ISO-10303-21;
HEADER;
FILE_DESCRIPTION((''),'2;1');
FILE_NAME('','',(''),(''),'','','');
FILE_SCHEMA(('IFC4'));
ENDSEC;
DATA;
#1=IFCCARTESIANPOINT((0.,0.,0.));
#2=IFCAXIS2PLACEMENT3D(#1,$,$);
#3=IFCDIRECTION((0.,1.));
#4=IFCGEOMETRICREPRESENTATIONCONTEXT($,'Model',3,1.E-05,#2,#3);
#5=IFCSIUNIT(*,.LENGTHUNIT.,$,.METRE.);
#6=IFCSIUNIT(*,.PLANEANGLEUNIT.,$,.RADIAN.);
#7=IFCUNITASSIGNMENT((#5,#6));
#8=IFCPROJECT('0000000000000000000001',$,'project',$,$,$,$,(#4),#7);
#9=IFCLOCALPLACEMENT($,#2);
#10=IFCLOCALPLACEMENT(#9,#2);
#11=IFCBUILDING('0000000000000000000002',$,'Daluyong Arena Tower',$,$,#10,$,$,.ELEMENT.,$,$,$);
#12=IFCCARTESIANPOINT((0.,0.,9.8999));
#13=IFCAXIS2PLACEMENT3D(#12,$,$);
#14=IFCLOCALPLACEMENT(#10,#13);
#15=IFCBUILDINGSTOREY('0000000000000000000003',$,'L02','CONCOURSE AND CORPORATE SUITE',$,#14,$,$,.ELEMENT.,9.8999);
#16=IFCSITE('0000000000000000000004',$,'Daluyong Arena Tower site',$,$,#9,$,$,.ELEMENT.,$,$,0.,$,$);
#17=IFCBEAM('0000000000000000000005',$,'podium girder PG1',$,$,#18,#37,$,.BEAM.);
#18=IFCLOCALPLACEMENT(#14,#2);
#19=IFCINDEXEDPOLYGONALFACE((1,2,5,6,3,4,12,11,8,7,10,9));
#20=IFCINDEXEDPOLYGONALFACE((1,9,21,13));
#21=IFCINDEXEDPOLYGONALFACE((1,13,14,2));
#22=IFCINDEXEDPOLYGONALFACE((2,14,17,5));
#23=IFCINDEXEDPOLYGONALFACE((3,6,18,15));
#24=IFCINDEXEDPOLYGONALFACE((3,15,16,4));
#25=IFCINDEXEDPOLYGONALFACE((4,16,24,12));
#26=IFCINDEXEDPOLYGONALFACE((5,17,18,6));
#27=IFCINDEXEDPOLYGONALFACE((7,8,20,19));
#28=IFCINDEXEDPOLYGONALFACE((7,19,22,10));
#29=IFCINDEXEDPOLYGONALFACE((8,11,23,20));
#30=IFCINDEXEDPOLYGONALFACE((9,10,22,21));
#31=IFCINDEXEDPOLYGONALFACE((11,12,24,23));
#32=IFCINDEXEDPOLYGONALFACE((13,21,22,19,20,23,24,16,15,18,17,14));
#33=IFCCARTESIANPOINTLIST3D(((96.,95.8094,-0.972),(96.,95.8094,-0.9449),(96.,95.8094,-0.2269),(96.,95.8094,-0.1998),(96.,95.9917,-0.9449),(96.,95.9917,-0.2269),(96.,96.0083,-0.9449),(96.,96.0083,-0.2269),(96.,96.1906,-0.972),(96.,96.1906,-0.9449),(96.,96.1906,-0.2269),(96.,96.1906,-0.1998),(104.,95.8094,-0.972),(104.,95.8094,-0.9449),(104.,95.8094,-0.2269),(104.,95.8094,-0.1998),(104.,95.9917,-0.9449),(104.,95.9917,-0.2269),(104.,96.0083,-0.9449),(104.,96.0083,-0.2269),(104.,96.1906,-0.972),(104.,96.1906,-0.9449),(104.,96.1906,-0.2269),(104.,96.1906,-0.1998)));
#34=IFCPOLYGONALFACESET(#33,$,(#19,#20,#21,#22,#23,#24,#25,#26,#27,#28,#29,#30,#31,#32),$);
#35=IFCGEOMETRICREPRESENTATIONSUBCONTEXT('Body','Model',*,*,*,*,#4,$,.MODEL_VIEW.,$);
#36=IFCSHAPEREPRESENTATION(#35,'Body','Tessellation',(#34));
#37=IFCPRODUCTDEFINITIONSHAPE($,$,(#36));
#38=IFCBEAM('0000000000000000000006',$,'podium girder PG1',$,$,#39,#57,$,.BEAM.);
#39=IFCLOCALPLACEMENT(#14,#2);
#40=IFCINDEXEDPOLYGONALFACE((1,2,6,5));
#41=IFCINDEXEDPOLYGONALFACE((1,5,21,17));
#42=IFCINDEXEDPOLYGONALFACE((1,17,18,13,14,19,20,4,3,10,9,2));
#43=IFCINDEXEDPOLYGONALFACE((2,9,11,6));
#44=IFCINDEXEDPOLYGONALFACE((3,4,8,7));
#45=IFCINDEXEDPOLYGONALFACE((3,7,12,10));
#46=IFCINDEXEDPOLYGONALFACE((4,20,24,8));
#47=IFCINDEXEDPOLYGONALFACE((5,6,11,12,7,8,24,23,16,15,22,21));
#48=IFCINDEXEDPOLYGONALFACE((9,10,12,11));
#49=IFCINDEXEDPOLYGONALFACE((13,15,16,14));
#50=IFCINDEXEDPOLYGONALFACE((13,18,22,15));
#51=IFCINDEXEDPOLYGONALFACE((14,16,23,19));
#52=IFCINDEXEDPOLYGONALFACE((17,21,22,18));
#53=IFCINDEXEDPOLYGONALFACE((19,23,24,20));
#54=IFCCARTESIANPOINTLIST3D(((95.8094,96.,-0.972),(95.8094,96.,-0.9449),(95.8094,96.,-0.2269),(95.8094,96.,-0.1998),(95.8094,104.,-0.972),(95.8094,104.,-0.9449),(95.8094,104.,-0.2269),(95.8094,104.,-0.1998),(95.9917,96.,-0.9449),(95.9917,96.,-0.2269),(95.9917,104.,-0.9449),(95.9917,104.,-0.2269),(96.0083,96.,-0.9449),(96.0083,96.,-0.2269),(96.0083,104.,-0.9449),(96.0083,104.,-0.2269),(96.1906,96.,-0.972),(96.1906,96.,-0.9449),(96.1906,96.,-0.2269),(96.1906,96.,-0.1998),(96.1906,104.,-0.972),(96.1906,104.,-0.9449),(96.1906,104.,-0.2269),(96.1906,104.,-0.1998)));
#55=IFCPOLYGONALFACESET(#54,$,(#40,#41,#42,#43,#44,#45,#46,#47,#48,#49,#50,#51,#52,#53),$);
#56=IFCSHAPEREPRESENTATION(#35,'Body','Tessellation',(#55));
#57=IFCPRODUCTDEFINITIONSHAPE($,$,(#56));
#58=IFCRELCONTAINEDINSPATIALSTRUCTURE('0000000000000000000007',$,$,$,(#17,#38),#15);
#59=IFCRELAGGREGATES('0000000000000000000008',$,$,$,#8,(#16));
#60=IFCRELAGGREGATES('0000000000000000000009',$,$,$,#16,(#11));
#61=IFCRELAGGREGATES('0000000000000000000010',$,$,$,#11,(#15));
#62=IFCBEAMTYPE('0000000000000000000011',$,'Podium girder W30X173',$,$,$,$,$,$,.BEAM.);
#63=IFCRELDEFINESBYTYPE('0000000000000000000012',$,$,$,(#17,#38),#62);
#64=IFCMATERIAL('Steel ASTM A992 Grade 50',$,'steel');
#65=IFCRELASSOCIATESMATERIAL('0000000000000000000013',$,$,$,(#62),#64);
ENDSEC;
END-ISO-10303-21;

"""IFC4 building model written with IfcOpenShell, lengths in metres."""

from ifc_helpers import new_model, si_unit, direction, frame, origin, origin_2d, place, context, subcontext, project, spatial, i_section, extrude, material, material_profile, profile_set, type_object, element, save


model = new_model("IFC4")

# Units and contexts
model_context = context("Model", 3, precision=1e-05, world=origin(), true_north=direction((0.0, 1.0)))
body_context = subcontext(model_context, "Body", "Model", "MODEL_VIEW")
ifc_project = project(units=[si_unit("LENGTHUNIT", "METRE"), si_unit("PLANEANGLEUNIT", "RADIAN")], contexts=[model_context])

# Site, building, storey
site_placement = place(None, origin())
site = spatial("IfcSite", under=ifc_project, at=site_placement, Name="Daluyong Arena Tower site", CompositionType="ELEMENT", RefElevation=0.0)
building_placement = place(site_placement, origin())
building = spatial("IfcBuilding", under=site, at=building_placement, Name="Daluyong Arena Tower", CompositionType="ELEMENT")
storey_placement = place(building_placement, frame((0.0, 0.0, 9.8999)))
storey = spatial("IfcBuildingStorey", under=building, at=storey_placement, Name="L02", Description="CONCOURSE AND CORPORATE SUITE", CompositionType="ELEMENT", Elevation=9.8999)

# Beams
ifc_material_1 = material(Name="Steel ASTM A992 Grade 50", Category="steel")
ifc_material_profile_1 = material_profile(ifc_material_1, i_section(OverallWidth=0.3811, OverallDepth=0.7722, WebThickness=0.0166, FlangeThickness=0.0271, at=origin_2d()))
ifc_profile_set_1 = profile_set([ifc_material_profile_1], Name="Steel ASTM A992 Grade 50")
beam_type_1 = type_object("IfcBeamType", Name="Podium girder W30X173", PredefinedType="BEAM", material=ifc_profile_set_1)
for number, where, z_axis, x_axis, name in (
    (1, (96.0, 96.0, -0.5859), (1.0, 0.0, 0.0), (0.0, 1.0, 0.0), "podium girder PG1"),
    (2, (96.0, 96.0, -0.5859), (0.0, 1.0, 0.0), (-1.0, 0.0, 0.0), "podium girder PG1"),
):
    element("IfcBeam", number, at=place(storey_placement, frame(where, z_axis=z_axis, x_axis=x_axis)), inside=storey, type_object=beam_type_1, Name=name, PredefinedType="BEAM", context=body_context, shape_type="SweptSolid", body=[
        extrude(i_section(OverallWidth=0.3811, OverallDepth=0.7722, WebThickness=0.0166, FlangeThickness=0.0271, at=origin_2d()), origin(), (0.0, 0.0, 1.0), 8.0),
    ])

save(model, "model.ifc")
